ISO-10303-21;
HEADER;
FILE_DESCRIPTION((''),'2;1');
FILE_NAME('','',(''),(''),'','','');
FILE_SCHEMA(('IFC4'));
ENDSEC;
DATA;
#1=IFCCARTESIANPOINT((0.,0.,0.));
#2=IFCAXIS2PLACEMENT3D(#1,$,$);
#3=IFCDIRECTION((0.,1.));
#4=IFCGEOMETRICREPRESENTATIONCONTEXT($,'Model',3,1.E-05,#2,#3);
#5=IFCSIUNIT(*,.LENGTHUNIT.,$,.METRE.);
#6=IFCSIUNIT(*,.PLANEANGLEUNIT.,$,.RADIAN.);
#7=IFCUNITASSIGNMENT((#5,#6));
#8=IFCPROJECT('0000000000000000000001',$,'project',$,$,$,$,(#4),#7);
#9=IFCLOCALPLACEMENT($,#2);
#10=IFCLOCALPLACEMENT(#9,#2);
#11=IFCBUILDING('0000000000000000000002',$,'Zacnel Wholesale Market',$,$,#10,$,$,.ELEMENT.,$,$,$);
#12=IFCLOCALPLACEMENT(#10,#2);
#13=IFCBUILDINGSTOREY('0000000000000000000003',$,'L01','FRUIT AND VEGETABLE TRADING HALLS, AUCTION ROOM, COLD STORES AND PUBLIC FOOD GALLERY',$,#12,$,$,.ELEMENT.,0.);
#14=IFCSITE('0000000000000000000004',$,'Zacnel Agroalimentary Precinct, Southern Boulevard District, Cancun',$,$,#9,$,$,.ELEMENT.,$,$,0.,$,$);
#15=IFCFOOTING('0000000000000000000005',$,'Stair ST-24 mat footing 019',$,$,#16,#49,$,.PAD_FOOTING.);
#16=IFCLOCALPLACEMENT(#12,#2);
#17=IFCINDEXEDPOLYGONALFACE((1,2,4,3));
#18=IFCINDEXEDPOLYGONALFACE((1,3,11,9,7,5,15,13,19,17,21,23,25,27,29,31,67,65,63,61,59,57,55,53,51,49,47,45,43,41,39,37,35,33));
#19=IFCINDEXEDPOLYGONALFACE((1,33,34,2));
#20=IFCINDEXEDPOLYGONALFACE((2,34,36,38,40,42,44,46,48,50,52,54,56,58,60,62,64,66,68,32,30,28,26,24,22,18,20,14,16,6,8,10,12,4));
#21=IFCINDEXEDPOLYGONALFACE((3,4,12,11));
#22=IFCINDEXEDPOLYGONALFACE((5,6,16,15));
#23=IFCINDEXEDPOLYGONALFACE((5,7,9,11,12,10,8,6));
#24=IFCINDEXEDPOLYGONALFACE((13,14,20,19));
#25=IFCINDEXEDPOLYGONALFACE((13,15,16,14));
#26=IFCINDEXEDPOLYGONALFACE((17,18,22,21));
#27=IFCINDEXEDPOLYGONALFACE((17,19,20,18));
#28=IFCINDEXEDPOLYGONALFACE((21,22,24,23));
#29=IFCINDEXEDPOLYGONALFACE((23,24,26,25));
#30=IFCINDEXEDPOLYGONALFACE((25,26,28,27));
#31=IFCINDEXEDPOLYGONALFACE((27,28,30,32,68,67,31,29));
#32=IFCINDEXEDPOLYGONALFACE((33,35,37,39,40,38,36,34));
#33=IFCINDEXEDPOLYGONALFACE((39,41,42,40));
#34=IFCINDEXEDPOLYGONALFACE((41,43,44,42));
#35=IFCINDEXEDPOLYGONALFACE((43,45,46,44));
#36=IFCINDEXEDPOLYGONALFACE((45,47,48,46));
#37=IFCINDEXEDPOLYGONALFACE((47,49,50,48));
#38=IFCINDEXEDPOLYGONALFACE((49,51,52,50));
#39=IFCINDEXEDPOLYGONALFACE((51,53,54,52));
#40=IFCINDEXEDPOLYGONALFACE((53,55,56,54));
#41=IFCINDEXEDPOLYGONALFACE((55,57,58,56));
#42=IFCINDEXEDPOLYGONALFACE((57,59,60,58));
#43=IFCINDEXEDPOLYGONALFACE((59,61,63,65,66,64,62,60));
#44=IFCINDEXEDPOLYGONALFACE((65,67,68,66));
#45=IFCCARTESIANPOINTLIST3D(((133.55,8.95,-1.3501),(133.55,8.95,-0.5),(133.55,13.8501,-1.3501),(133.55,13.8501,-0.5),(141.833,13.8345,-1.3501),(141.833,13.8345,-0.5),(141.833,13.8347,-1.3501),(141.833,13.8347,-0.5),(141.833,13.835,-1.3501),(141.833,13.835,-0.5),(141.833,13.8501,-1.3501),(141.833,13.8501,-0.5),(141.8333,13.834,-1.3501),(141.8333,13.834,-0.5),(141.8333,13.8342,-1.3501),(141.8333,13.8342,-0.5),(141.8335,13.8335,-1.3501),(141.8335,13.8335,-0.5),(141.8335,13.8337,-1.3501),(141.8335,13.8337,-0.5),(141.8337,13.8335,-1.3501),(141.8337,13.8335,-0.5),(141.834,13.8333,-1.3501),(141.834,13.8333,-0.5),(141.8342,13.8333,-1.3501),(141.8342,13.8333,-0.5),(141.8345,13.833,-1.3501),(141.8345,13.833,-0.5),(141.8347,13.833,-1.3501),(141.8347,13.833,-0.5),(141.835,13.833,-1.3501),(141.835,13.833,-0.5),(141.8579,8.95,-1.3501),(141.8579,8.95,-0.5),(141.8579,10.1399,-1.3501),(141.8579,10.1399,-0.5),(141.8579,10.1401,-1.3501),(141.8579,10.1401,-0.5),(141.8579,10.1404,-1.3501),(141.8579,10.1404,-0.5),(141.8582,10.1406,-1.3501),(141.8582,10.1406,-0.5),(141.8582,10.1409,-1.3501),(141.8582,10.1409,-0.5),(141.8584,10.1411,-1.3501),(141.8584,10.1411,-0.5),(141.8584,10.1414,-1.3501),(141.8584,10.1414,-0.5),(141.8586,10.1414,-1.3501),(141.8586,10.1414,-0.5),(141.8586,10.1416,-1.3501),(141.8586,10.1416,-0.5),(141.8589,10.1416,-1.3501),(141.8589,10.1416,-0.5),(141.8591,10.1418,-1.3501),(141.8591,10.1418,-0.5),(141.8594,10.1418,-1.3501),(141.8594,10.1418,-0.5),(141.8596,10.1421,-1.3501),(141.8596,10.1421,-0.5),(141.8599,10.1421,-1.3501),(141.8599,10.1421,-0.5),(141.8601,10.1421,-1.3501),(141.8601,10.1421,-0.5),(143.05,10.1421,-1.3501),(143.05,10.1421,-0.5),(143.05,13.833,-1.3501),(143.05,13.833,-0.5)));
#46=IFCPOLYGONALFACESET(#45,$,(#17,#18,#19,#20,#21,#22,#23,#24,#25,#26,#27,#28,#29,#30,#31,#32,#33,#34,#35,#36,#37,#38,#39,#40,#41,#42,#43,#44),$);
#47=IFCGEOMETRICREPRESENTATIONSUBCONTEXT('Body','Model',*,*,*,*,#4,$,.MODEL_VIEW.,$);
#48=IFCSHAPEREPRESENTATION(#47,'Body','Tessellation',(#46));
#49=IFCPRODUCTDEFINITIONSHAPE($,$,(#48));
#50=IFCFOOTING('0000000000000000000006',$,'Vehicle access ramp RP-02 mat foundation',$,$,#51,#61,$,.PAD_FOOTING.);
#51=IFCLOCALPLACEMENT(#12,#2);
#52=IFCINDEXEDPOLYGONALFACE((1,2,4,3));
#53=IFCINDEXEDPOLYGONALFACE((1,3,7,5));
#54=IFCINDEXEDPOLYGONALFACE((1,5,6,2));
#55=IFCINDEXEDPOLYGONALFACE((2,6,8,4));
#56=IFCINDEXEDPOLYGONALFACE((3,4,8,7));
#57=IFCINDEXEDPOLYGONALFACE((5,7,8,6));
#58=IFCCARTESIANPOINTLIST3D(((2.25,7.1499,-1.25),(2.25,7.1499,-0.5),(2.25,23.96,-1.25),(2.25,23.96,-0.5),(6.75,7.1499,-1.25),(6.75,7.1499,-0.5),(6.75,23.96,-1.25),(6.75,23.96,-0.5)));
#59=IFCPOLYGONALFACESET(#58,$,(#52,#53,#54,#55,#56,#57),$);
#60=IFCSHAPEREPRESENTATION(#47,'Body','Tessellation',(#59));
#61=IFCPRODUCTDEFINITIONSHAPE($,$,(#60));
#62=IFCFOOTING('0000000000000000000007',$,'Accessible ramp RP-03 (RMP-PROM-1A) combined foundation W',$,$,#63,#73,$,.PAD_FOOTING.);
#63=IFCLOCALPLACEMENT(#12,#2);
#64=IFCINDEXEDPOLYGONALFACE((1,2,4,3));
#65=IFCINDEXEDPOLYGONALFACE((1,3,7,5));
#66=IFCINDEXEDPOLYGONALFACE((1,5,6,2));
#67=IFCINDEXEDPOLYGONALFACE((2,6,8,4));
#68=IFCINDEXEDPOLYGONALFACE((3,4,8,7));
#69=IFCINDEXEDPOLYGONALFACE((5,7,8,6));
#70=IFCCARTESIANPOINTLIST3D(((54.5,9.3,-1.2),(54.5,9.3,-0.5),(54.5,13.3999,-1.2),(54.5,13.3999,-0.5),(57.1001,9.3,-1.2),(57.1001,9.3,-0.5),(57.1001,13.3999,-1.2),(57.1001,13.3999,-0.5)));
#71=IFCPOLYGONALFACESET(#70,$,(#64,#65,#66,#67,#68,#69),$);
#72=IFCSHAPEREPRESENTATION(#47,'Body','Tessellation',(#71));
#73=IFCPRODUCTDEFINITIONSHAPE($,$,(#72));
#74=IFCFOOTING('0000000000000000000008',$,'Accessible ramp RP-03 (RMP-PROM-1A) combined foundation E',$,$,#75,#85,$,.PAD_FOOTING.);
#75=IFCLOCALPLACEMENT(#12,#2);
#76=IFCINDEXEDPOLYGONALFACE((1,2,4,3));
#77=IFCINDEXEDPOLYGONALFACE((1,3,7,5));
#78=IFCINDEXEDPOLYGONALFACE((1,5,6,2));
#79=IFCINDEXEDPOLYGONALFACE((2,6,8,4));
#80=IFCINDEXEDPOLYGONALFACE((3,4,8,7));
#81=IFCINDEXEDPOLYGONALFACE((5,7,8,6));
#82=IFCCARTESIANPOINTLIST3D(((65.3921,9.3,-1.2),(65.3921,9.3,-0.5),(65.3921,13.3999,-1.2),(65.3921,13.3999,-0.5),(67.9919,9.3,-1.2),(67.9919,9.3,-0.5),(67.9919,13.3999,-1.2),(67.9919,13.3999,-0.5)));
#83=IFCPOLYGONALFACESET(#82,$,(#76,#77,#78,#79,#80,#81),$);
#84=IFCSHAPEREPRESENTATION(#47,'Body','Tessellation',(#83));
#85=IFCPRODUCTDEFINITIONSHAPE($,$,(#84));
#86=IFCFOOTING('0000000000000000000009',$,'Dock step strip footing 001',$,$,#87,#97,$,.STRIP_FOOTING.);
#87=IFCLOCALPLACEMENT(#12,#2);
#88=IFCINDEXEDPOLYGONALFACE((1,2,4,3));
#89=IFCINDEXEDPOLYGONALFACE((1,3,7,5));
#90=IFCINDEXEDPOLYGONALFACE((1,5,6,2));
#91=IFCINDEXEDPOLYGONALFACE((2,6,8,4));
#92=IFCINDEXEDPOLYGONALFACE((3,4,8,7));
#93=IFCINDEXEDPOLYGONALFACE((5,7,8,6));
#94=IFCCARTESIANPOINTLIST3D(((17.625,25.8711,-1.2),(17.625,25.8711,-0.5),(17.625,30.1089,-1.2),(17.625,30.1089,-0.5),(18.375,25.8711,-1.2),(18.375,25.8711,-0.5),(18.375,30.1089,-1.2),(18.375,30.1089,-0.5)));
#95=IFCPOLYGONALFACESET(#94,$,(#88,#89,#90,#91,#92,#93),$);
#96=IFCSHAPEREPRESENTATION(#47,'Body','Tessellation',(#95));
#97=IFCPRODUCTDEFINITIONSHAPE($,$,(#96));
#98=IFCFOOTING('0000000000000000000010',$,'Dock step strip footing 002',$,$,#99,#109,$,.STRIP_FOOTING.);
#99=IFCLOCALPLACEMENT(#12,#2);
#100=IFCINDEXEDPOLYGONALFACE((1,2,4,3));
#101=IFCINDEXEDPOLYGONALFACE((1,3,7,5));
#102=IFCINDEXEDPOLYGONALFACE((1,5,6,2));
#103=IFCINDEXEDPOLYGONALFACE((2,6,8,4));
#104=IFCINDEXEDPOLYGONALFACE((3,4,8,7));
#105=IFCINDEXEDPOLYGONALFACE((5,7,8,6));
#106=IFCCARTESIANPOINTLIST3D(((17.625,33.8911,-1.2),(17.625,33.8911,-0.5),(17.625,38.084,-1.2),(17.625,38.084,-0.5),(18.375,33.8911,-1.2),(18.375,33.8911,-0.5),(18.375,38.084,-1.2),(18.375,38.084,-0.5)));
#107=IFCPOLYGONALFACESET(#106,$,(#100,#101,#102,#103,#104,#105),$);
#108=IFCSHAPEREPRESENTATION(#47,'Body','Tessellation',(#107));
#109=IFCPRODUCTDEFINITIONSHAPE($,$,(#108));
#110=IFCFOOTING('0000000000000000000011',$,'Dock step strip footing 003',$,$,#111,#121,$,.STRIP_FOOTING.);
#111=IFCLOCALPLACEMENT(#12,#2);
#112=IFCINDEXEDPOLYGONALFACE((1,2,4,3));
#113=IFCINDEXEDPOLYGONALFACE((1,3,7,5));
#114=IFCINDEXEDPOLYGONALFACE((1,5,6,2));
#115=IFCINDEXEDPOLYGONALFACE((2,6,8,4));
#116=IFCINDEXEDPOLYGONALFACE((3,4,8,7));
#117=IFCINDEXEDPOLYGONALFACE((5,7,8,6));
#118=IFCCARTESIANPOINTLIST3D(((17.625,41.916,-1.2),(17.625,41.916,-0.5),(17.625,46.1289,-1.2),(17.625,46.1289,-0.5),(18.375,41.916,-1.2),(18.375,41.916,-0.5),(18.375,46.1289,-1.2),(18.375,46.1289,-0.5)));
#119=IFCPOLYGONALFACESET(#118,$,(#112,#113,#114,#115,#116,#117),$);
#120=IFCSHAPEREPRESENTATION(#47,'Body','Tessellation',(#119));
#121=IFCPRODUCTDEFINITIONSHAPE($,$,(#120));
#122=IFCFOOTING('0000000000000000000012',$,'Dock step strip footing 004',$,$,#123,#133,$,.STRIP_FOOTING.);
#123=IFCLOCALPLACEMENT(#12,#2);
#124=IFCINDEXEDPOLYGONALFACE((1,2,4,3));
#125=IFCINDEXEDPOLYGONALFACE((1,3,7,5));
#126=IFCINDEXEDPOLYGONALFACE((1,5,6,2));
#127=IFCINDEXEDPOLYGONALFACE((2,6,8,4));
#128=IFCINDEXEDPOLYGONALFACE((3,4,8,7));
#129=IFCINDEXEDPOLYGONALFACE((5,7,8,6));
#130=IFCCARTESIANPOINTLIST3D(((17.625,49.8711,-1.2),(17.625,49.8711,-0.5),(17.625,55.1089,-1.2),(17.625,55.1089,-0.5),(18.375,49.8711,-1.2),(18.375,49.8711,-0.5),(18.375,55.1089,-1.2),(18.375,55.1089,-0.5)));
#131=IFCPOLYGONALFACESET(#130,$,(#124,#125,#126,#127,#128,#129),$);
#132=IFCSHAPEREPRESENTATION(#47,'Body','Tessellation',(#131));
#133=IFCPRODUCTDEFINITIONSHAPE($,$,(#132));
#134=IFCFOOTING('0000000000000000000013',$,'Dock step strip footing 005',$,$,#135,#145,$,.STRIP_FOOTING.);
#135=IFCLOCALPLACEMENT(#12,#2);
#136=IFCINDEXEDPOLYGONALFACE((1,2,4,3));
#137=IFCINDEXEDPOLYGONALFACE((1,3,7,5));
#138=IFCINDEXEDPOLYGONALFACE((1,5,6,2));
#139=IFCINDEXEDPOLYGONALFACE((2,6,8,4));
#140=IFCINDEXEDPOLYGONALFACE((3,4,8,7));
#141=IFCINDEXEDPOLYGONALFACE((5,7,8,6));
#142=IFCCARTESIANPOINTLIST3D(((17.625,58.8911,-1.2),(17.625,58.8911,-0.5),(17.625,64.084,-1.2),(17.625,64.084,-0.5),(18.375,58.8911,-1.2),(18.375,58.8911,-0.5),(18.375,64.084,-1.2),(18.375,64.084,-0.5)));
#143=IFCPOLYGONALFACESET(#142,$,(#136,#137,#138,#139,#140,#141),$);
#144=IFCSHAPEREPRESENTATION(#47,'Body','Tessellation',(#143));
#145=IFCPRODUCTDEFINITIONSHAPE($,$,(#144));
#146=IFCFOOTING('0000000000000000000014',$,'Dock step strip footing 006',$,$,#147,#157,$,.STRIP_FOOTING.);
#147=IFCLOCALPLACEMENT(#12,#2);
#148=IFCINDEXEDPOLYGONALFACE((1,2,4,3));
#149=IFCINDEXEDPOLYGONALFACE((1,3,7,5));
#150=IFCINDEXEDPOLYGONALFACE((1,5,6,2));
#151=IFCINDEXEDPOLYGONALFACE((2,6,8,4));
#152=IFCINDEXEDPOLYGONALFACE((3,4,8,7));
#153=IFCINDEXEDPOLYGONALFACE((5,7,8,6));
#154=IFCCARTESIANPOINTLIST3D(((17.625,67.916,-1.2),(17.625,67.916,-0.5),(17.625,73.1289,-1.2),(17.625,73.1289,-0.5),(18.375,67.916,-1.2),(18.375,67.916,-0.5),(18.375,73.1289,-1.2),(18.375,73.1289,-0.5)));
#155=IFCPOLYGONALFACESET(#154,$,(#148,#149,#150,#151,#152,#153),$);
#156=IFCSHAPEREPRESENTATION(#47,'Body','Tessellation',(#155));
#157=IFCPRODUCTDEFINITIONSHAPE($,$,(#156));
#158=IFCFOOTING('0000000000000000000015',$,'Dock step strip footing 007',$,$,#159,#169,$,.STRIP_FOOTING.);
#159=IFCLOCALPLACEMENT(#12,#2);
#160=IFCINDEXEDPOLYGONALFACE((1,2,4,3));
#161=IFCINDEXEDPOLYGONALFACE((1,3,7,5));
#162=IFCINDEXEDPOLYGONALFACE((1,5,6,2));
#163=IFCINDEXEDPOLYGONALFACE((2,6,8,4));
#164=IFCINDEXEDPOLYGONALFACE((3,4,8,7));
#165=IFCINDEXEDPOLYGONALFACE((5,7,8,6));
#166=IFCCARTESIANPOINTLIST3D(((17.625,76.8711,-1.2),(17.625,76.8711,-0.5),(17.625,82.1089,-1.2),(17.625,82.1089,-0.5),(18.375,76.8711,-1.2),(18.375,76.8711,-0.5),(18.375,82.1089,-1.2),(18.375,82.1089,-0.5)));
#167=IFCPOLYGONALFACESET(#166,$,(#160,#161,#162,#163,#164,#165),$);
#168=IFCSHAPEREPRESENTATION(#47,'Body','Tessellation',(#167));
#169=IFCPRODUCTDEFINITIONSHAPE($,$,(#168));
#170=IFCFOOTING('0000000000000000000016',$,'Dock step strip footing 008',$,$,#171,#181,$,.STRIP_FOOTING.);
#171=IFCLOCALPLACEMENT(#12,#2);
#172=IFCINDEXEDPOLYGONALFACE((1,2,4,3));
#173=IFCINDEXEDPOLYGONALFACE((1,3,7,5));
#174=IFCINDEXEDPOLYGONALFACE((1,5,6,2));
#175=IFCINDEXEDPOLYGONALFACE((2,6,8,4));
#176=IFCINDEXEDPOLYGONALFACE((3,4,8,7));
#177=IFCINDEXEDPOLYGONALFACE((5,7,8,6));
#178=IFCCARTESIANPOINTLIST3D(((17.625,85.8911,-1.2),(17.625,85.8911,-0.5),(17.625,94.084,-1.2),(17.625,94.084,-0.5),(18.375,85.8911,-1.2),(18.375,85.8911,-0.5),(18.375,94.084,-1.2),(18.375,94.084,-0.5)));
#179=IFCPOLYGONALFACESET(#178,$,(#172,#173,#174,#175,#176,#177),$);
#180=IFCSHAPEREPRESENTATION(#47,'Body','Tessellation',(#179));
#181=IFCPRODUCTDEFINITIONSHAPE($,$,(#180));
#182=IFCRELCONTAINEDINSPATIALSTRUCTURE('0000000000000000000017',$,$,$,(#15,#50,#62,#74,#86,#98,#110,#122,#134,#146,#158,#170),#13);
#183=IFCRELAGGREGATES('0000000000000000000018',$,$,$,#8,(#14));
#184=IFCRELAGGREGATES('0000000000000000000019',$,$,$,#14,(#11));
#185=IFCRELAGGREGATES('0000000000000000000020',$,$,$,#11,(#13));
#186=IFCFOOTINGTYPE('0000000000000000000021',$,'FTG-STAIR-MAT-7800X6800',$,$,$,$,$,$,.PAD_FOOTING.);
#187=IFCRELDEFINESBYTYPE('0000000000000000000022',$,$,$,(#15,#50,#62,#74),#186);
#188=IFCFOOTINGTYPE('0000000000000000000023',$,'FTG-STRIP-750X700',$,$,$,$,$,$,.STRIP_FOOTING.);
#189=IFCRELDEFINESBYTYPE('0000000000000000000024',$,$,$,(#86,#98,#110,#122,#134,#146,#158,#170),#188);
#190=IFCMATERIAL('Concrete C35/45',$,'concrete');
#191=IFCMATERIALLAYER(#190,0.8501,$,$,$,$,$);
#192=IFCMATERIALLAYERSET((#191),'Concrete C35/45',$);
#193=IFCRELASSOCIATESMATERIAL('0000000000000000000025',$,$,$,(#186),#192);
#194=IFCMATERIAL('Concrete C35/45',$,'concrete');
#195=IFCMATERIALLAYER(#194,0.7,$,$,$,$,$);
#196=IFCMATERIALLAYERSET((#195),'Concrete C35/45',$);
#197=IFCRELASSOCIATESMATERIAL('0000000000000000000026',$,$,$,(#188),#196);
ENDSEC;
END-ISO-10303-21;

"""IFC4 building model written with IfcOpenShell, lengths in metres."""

from ifc_helpers import new_model, si_unit, direction, frame, origin, place, context, subcontext, project, spatial, polyline, outline, extrude, material, layer, layer_set, type_object, element, save


model = new_model("IFC4")

# Units and contexts
model_context = context("Model", 3, precision=1e-05, world=origin(), true_north=direction((0.0, 1.0)))
body_context = subcontext(model_context, "Body", "Model", "MODEL_VIEW")
ifc_project = project(units=[si_unit("LENGTHUNIT", "METRE"), si_unit("PLANEANGLEUNIT", "RADIAN")], contexts=[model_context])

# Site, building, storey
site_placement = place(None, origin())
site = spatial("IfcSite", under=ifc_project, at=site_placement, Name="Zacnel Agroalimentary Precinct, Southern Boulevard District, Cancun", CompositionType="ELEMENT", RefElevation=0.0)
building_placement = place(site_placement, origin())
building = spatial("IfcBuilding", under=site, at=building_placement, Name="Zacnel Wholesale Market", CompositionType="ELEMENT")
storey_placement = place(building_placement, origin())
storey = spatial("IfcBuildingStorey", under=building, at=storey_placement, Name="L01", Description="FRUIT AND VEGETABLE TRADING HALLS, AUCTION ROOM, COLD STORES AND PUBLIC FOOD GALLERY", CompositionType="ELEMENT", Elevation=0.0)

# Footings
ifc_material_1 = material(Name="Concrete C35/45", Category="concrete")
ifc_layer_1 = layer(ifc_material_1, 0.8501)
ifc_layer_set_1 = layer_set([ifc_layer_1], Name="Concrete C35/45")
footing_type_1 = type_object("IfcFootingType", Name="FTG-STAIR-MAT-7800X6800", PredefinedType="PAD_FOOTING", material=ifc_layer_set_1)
footing_1_placement = place(storey_placement, frame((0.0, 0.0, -1.3501)))
element("IfcFooting", 1, at=footing_1_placement, inside=storey, type_object=footing_type_1, Name="Stair ST-24 mat footing 019", PredefinedType="PAD_FOOTING", context=body_context, shape_type="SweptSolid", body=[
    extrude(outline(polyline([(133.55, 13.8501), (141.833, 13.8501), (141.833, 13.835), (141.833, 13.8347), (141.833, 13.8347), (141.833, 13.8345), (141.8333, 13.8342), (141.8333, 13.834), (141.8333, 13.834), (141.8335, 13.8337), (141.8335, 13.8335), (141.8337, 13.8335), (141.834, 13.8333), (141.834, 13.8333), (141.8342, 13.8333), (141.8345, 13.833), (141.8347, 13.833), (141.8347, 13.833), (141.835, 13.833), (143.05, 13.833), (143.05, 10.1421), (141.8601, 10.1421), (141.8599, 10.1421), (141.8596, 10.1421), (141.8594, 10.1418), (141.8591, 10.1418), (141.8591, 10.1418), (141.8589, 10.1416), (141.8586, 10.1416), (141.8586, 10.1414), (141.8584, 10.1414), (141.8584, 10.1411), (141.8582, 10.1409), (141.8582, 10.1409), (141.8582, 10.1406), (141.8579, 10.1404), (141.8579, 10.1401), (141.8579, 10.1399), (141.8579, 8.95), (133.55, 8.95), (133.55, 13.8501)])), origin(), (0.0, 0.0, 1.0), 0.8501),
])
footing_2_placement = place(storey_placement, frame((0.0, 0.0, -1.25)))
element("IfcFooting", 2, at=footing_2_placement, inside=storey, type_object=footing_type_1, Name="Vehicle access ramp RP-02 mat foundation", PredefinedType="PAD_FOOTING", context=body_context, shape_type="SweptSolid", body=[
    extrude(outline(polyline([(6.75, 7.1499), (6.75, 23.96), (2.25, 23.96), (2.25, 7.1499), (6.75, 7.1499)])), origin(), (0.0, 0.0, 1.0), 0.75),
])
footing_3_placement = place(storey_placement, frame((0.0, 0.0, -1.2)))
element("IfcFooting", 3, at=footing_3_placement, inside=storey, type_object=footing_type_1, Name="Accessible ramp RP-03 (RMP-PROM-1A) combined foundation W", PredefinedType="PAD_FOOTING", context=body_context, shape_type="SweptSolid", body=[
    extrude(outline(polyline([(54.5, 9.3), (57.1001, 9.3), (57.1001, 13.3999), (54.5, 13.3999), (54.5, 9.3)])), origin(), (0.0, 0.0, 1.0), 0.7),
])
footing_4_placement = place(storey_placement, frame((0.0, 0.0, -1.2)))
element("IfcFooting", 4, at=footing_4_placement, inside=storey, type_object=footing_type_1, Name="Accessible ramp RP-03 (RMP-PROM-1A) combined foundation E", PredefinedType="PAD_FOOTING", context=body_context, shape_type="SweptSolid", body=[
    extrude(outline(polyline([(65.3921, 9.3), (67.9919, 9.3), (67.9919, 13.3999), (65.3921, 13.3999), (65.3921, 9.3)])), origin(), (0.0, 0.0, 1.0), 0.7),
])
ifc_material_2 = material(Name="Concrete C35/45", Category="concrete")
ifc_layer_2 = layer(ifc_material_2, 0.7)
ifc_layer_set_2 = layer_set([ifc_layer_2], Name="Concrete C35/45")
footing_type_2 = type_object("IfcFootingType", Name="FTG-STRIP-750X700", PredefinedType="STRIP_FOOTING", material=ifc_layer_set_2)
footing_5_placement = place(storey_placement, frame((0.0, 0.0, -1.2)))
element("IfcFooting", 5, at=footing_5_placement, inside=storey, type_object=footing_type_2, Name="Dock step strip footing 001", PredefinedType="STRIP_FOOTING", context=body_context, shape_type="SweptSolid", body=[
    extrude(outline(polyline([(18.375, 25.8711), (18.375, 30.1089), (17.625, 30.1089), (17.625, 25.8711), (18.375, 25.8711)])), origin(), (0.0, 0.0, 1.0), 0.7),
])
footing_6_placement = place(storey_placement, frame((0.0, 0.0, -1.2)))
element("IfcFooting", 6, at=footing_6_placement, inside=storey, type_object=footing_type_2, Name="Dock step strip footing 002", PredefinedType="STRIP_FOOTING", context=body_context, shape_type="SweptSolid", body=[
    extrude(outline(polyline([(18.375, 33.8911), (18.375, 38.084), (17.625, 38.084), (17.625, 33.8911), (18.375, 33.8911)])), origin(), (0.0, 0.0, 1.0), 0.7),
])
footing_7_placement = place(storey_placement, frame((0.0, 0.0, -1.2)))
element("IfcFooting", 7, at=footing_7_placement, inside=storey, type_object=footing_type_2, Name="Dock step strip footing 003", PredefinedType="STRIP_FOOTING", context=body_context, shape_type="SweptSolid", body=[
    extrude(outline(polyline([(18.375, 41.916), (18.375, 46.1289), (17.625, 46.1289), (17.625, 41.916), (18.375, 41.916)])), origin(), (0.0, 0.0, 1.0), 0.7),
])
footing_8_placement = place(storey_placement, frame((0.0, 0.0, -1.2)))
element("IfcFooting", 8, at=footing_8_placement, inside=storey, type_object=footing_type_2, Name="Dock step strip footing 004", PredefinedType="STRIP_FOOTING", context=body_context, shape_type="SweptSolid", body=[
    extrude(outline(polyline([(18.375, 49.8711), (18.375, 55.1089), (17.625, 55.1089), (17.625, 49.8711), (18.375, 49.8711)])), origin(), (0.0, 0.0, 1.0), 0.7),
])
footing_9_placement = place(storey_placement, frame((0.0, 0.0, -1.2)))
element("IfcFooting", 9, at=footing_9_placement, inside=storey, type_object=footing_type_2, Name="Dock step strip footing 005", PredefinedType="STRIP_FOOTING", context=body_context, shape_type="SweptSolid", body=[
    extrude(outline(polyline([(18.375, 58.8911), (18.375, 64.084), (17.625, 64.084), (17.625, 58.8911), (18.375, 58.8911)])), origin(), (0.0, 0.0, 1.0), 0.7),
])
footing_10_placement = place(storey_placement, frame((0.0, 0.0, -1.2)))
element("IfcFooting", 10, at=footing_10_placement, inside=storey, type_object=footing_type_2, Name="Dock step strip footing 006", PredefinedType="STRIP_FOOTING", context=body_context, shape_type="SweptSolid", body=[
    extrude(outline(polyline([(18.375, 67.916), (18.375, 73.1289), (17.625, 73.1289), (17.625, 67.916), (18.375, 67.916)])), origin(), (0.0, 0.0, 1.0), 0.7),
])
footing_11_placement = place(storey_placement, frame((0.0, 0.0, -1.2)))
element("IfcFooting", 11, at=footing_11_placement, inside=storey, type_object=footing_type_2, Name="Dock step strip footing 007", PredefinedType="STRIP_FOOTING", context=body_context, shape_type="SweptSolid", body=[
    extrude(outline(polyline([(18.375, 76.8711), (18.375, 82.1089), (17.625, 82.1089), (17.625, 76.8711), (18.375, 76.8711)])), origin(), (0.0, 0.0, 1.0), 0.7),
])
footing_12_placement = place(storey_placement, frame((0.0, 0.0, -1.2)))
element("IfcFooting", 12, at=footing_12_placement, inside=storey, type_object=footing_type_2, Name="Dock step strip footing 008", PredefinedType="STRIP_FOOTING", context=body_context, shape_type="SweptSolid", body=[
    extrude(outline(polyline([(18.375, 85.8911), (18.375, 94.084), (17.625, 94.084), (17.625, 85.8911), (18.375, 85.8911)])), origin(), (0.0, 0.0, 1.0), 0.7),
])

save(model, "model.ifc")
